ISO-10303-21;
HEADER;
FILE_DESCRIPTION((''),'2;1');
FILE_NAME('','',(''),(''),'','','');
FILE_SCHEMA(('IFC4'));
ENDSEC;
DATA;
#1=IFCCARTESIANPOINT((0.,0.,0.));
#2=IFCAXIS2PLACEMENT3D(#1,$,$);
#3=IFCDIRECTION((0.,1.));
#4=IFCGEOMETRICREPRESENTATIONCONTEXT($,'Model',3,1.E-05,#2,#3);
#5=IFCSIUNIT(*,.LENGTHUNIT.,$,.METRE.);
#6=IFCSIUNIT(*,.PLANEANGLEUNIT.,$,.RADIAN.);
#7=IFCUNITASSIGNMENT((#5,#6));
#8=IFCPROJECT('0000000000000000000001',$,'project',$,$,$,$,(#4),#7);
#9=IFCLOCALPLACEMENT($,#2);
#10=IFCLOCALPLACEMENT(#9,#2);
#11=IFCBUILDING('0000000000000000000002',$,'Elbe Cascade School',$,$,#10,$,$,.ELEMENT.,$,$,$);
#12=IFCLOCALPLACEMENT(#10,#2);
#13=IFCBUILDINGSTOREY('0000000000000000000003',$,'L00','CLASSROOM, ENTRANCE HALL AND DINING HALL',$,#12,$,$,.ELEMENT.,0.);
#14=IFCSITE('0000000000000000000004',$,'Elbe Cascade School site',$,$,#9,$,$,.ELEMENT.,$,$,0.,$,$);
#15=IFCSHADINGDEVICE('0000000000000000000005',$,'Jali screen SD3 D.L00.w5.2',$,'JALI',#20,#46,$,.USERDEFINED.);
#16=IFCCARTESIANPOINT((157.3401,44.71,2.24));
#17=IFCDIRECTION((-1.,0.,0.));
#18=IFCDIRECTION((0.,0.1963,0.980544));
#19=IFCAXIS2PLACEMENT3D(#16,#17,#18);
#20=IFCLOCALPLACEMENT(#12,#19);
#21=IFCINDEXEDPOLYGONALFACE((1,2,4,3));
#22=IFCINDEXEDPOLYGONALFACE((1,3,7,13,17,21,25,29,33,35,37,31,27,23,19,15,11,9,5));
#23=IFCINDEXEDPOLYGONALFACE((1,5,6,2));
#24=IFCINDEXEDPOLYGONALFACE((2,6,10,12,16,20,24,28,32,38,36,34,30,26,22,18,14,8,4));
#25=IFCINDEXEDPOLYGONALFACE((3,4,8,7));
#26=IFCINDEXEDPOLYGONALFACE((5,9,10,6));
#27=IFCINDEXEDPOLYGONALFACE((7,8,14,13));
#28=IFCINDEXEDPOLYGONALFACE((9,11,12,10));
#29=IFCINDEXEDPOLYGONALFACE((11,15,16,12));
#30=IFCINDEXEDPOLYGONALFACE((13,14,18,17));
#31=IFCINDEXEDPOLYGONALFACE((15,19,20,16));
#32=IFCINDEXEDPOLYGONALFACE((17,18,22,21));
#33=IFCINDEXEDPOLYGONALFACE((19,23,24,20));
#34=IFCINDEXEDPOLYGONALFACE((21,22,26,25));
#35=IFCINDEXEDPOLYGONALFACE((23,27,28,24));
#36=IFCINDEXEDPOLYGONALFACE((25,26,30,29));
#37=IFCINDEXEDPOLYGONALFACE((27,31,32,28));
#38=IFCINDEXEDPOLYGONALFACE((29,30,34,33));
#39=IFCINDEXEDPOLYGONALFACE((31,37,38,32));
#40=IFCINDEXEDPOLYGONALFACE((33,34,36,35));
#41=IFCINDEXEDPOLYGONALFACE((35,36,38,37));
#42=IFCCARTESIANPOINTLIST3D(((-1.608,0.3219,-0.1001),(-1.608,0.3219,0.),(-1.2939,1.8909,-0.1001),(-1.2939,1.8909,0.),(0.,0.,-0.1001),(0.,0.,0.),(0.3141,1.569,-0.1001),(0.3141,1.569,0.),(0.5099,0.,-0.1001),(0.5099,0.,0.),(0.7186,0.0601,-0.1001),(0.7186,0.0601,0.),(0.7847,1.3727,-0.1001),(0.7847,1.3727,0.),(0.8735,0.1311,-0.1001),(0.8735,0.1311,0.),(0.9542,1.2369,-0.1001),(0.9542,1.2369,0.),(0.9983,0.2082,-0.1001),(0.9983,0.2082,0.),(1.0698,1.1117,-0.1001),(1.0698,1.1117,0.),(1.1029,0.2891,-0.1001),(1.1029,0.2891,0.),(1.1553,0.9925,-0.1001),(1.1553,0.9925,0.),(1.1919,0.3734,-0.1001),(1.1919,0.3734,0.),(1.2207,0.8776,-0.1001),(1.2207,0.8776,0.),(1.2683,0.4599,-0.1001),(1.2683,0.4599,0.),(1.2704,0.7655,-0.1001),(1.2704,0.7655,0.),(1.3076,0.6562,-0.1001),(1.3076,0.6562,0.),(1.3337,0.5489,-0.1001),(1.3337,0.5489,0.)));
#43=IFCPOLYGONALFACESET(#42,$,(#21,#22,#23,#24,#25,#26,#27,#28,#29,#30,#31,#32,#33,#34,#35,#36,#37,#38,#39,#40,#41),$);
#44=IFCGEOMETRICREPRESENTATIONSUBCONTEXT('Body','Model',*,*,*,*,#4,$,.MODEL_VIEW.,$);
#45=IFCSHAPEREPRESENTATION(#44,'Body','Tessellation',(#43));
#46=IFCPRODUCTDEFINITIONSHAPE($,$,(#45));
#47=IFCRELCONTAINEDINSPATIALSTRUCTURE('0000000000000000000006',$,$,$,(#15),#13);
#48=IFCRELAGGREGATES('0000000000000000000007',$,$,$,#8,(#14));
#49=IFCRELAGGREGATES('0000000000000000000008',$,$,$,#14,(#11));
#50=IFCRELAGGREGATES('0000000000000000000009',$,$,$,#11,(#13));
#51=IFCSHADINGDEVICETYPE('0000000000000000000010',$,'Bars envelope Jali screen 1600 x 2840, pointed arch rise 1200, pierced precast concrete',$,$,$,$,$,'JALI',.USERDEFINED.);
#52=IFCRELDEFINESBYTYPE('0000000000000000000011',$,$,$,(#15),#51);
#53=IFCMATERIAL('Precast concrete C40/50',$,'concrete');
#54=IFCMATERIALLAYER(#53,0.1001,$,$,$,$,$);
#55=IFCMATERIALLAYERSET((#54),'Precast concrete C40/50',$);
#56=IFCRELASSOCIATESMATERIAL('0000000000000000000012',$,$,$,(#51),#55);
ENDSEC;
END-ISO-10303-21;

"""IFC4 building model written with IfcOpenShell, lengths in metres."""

from ifc_helpers import new_model, si_unit, direction, frame, origin, place, context, subcontext, project, spatial, polyline, outline, extrude, material, layer, layer_set, type_object, element, save


model = new_model("IFC4")

# Units and contexts
model_context = context("Model", 3, precision=1e-05, world=origin(), true_north=direction((0.0, 1.0)))
body_context = subcontext(model_context, "Body", "Model", "MODEL_VIEW")
ifc_project = project(units=[si_unit("LENGTHUNIT", "METRE"), si_unit("PLANEANGLEUNIT", "RADIAN")], contexts=[model_context])

# Site, building, storey
site_placement = place(None, origin())
site = spatial("IfcSite", under=ifc_project, at=site_placement, Name="Elbe Cascade School site", CompositionType="ELEMENT", RefElevation=0.0)
building_placement = place(site_placement, origin())
building = spatial("IfcBuilding", under=site, at=building_placement, Name="Elbe Cascade School", CompositionType="ELEMENT")
storey_placement = place(building_placement, origin())
storey = spatial("IfcBuildingStorey", under=building, at=storey_placement, Name="L00", Description="CLASSROOM, ENTRANCE HALL AND DINING HALL", CompositionType="ELEMENT", Elevation=0.0)

# Shading device
ifc_material_1 = material(Name="Precast concrete C40/50", Category="concrete")
ifc_layer_1 = layer(ifc_material_1, 0.1001)
ifc_layer_set_1 = layer_set([ifc_layer_1], Name="Precast concrete C40/50")
shading_device_type_1 = type_object("IfcShadingDeviceType", Name="Bars envelope Jali screen 1600 x 2840, pointed arch rise 1200, pierced precast concrete", ElementType="JALI", PredefinedType="USERDEFINED", material=ifc_layer_set_1)
shading_device_1_placement = place(storey_placement, frame((157.3401, 44.71, 2.24), z_axis=(-1.0, 0.0, 0.0), x_axis=(0.0, 0.1963, 0.980544)))
element("IfcShadingDevice", 1, at=shading_device_1_placement, inside=storey, type_object=shading_device_type_1, Name="Jali screen SD3 D.L00.w5.2", ObjectType="JALI", PredefinedType="USERDEFINED", context=body_context, shape_type="SweptSolid", body=[
    extrude(outline(polyline([(0.0, 0.0), (0.5099, 0.0), (0.7186, 0.0601), (0.8735, 0.1311), (0.9983, 0.2082), (1.1029, 0.2891), (1.1919, 0.3734), (1.2683, 0.4599), (1.3337, 0.5489), (1.3076, 0.6562), (1.2704, 0.7655), (1.2207, 0.8776), (1.1553, 0.9925), (1.0698, 1.1117), (0.9542, 1.2369), (0.7847, 1.3727), (0.3141, 1.569), (-1.2939, 1.8909), (-1.608, 0.3219), (0.0, 0.0)])), origin(), (0.0, 0.0, -1.0), 0.1001),
])

save(model, "model.ifc")
